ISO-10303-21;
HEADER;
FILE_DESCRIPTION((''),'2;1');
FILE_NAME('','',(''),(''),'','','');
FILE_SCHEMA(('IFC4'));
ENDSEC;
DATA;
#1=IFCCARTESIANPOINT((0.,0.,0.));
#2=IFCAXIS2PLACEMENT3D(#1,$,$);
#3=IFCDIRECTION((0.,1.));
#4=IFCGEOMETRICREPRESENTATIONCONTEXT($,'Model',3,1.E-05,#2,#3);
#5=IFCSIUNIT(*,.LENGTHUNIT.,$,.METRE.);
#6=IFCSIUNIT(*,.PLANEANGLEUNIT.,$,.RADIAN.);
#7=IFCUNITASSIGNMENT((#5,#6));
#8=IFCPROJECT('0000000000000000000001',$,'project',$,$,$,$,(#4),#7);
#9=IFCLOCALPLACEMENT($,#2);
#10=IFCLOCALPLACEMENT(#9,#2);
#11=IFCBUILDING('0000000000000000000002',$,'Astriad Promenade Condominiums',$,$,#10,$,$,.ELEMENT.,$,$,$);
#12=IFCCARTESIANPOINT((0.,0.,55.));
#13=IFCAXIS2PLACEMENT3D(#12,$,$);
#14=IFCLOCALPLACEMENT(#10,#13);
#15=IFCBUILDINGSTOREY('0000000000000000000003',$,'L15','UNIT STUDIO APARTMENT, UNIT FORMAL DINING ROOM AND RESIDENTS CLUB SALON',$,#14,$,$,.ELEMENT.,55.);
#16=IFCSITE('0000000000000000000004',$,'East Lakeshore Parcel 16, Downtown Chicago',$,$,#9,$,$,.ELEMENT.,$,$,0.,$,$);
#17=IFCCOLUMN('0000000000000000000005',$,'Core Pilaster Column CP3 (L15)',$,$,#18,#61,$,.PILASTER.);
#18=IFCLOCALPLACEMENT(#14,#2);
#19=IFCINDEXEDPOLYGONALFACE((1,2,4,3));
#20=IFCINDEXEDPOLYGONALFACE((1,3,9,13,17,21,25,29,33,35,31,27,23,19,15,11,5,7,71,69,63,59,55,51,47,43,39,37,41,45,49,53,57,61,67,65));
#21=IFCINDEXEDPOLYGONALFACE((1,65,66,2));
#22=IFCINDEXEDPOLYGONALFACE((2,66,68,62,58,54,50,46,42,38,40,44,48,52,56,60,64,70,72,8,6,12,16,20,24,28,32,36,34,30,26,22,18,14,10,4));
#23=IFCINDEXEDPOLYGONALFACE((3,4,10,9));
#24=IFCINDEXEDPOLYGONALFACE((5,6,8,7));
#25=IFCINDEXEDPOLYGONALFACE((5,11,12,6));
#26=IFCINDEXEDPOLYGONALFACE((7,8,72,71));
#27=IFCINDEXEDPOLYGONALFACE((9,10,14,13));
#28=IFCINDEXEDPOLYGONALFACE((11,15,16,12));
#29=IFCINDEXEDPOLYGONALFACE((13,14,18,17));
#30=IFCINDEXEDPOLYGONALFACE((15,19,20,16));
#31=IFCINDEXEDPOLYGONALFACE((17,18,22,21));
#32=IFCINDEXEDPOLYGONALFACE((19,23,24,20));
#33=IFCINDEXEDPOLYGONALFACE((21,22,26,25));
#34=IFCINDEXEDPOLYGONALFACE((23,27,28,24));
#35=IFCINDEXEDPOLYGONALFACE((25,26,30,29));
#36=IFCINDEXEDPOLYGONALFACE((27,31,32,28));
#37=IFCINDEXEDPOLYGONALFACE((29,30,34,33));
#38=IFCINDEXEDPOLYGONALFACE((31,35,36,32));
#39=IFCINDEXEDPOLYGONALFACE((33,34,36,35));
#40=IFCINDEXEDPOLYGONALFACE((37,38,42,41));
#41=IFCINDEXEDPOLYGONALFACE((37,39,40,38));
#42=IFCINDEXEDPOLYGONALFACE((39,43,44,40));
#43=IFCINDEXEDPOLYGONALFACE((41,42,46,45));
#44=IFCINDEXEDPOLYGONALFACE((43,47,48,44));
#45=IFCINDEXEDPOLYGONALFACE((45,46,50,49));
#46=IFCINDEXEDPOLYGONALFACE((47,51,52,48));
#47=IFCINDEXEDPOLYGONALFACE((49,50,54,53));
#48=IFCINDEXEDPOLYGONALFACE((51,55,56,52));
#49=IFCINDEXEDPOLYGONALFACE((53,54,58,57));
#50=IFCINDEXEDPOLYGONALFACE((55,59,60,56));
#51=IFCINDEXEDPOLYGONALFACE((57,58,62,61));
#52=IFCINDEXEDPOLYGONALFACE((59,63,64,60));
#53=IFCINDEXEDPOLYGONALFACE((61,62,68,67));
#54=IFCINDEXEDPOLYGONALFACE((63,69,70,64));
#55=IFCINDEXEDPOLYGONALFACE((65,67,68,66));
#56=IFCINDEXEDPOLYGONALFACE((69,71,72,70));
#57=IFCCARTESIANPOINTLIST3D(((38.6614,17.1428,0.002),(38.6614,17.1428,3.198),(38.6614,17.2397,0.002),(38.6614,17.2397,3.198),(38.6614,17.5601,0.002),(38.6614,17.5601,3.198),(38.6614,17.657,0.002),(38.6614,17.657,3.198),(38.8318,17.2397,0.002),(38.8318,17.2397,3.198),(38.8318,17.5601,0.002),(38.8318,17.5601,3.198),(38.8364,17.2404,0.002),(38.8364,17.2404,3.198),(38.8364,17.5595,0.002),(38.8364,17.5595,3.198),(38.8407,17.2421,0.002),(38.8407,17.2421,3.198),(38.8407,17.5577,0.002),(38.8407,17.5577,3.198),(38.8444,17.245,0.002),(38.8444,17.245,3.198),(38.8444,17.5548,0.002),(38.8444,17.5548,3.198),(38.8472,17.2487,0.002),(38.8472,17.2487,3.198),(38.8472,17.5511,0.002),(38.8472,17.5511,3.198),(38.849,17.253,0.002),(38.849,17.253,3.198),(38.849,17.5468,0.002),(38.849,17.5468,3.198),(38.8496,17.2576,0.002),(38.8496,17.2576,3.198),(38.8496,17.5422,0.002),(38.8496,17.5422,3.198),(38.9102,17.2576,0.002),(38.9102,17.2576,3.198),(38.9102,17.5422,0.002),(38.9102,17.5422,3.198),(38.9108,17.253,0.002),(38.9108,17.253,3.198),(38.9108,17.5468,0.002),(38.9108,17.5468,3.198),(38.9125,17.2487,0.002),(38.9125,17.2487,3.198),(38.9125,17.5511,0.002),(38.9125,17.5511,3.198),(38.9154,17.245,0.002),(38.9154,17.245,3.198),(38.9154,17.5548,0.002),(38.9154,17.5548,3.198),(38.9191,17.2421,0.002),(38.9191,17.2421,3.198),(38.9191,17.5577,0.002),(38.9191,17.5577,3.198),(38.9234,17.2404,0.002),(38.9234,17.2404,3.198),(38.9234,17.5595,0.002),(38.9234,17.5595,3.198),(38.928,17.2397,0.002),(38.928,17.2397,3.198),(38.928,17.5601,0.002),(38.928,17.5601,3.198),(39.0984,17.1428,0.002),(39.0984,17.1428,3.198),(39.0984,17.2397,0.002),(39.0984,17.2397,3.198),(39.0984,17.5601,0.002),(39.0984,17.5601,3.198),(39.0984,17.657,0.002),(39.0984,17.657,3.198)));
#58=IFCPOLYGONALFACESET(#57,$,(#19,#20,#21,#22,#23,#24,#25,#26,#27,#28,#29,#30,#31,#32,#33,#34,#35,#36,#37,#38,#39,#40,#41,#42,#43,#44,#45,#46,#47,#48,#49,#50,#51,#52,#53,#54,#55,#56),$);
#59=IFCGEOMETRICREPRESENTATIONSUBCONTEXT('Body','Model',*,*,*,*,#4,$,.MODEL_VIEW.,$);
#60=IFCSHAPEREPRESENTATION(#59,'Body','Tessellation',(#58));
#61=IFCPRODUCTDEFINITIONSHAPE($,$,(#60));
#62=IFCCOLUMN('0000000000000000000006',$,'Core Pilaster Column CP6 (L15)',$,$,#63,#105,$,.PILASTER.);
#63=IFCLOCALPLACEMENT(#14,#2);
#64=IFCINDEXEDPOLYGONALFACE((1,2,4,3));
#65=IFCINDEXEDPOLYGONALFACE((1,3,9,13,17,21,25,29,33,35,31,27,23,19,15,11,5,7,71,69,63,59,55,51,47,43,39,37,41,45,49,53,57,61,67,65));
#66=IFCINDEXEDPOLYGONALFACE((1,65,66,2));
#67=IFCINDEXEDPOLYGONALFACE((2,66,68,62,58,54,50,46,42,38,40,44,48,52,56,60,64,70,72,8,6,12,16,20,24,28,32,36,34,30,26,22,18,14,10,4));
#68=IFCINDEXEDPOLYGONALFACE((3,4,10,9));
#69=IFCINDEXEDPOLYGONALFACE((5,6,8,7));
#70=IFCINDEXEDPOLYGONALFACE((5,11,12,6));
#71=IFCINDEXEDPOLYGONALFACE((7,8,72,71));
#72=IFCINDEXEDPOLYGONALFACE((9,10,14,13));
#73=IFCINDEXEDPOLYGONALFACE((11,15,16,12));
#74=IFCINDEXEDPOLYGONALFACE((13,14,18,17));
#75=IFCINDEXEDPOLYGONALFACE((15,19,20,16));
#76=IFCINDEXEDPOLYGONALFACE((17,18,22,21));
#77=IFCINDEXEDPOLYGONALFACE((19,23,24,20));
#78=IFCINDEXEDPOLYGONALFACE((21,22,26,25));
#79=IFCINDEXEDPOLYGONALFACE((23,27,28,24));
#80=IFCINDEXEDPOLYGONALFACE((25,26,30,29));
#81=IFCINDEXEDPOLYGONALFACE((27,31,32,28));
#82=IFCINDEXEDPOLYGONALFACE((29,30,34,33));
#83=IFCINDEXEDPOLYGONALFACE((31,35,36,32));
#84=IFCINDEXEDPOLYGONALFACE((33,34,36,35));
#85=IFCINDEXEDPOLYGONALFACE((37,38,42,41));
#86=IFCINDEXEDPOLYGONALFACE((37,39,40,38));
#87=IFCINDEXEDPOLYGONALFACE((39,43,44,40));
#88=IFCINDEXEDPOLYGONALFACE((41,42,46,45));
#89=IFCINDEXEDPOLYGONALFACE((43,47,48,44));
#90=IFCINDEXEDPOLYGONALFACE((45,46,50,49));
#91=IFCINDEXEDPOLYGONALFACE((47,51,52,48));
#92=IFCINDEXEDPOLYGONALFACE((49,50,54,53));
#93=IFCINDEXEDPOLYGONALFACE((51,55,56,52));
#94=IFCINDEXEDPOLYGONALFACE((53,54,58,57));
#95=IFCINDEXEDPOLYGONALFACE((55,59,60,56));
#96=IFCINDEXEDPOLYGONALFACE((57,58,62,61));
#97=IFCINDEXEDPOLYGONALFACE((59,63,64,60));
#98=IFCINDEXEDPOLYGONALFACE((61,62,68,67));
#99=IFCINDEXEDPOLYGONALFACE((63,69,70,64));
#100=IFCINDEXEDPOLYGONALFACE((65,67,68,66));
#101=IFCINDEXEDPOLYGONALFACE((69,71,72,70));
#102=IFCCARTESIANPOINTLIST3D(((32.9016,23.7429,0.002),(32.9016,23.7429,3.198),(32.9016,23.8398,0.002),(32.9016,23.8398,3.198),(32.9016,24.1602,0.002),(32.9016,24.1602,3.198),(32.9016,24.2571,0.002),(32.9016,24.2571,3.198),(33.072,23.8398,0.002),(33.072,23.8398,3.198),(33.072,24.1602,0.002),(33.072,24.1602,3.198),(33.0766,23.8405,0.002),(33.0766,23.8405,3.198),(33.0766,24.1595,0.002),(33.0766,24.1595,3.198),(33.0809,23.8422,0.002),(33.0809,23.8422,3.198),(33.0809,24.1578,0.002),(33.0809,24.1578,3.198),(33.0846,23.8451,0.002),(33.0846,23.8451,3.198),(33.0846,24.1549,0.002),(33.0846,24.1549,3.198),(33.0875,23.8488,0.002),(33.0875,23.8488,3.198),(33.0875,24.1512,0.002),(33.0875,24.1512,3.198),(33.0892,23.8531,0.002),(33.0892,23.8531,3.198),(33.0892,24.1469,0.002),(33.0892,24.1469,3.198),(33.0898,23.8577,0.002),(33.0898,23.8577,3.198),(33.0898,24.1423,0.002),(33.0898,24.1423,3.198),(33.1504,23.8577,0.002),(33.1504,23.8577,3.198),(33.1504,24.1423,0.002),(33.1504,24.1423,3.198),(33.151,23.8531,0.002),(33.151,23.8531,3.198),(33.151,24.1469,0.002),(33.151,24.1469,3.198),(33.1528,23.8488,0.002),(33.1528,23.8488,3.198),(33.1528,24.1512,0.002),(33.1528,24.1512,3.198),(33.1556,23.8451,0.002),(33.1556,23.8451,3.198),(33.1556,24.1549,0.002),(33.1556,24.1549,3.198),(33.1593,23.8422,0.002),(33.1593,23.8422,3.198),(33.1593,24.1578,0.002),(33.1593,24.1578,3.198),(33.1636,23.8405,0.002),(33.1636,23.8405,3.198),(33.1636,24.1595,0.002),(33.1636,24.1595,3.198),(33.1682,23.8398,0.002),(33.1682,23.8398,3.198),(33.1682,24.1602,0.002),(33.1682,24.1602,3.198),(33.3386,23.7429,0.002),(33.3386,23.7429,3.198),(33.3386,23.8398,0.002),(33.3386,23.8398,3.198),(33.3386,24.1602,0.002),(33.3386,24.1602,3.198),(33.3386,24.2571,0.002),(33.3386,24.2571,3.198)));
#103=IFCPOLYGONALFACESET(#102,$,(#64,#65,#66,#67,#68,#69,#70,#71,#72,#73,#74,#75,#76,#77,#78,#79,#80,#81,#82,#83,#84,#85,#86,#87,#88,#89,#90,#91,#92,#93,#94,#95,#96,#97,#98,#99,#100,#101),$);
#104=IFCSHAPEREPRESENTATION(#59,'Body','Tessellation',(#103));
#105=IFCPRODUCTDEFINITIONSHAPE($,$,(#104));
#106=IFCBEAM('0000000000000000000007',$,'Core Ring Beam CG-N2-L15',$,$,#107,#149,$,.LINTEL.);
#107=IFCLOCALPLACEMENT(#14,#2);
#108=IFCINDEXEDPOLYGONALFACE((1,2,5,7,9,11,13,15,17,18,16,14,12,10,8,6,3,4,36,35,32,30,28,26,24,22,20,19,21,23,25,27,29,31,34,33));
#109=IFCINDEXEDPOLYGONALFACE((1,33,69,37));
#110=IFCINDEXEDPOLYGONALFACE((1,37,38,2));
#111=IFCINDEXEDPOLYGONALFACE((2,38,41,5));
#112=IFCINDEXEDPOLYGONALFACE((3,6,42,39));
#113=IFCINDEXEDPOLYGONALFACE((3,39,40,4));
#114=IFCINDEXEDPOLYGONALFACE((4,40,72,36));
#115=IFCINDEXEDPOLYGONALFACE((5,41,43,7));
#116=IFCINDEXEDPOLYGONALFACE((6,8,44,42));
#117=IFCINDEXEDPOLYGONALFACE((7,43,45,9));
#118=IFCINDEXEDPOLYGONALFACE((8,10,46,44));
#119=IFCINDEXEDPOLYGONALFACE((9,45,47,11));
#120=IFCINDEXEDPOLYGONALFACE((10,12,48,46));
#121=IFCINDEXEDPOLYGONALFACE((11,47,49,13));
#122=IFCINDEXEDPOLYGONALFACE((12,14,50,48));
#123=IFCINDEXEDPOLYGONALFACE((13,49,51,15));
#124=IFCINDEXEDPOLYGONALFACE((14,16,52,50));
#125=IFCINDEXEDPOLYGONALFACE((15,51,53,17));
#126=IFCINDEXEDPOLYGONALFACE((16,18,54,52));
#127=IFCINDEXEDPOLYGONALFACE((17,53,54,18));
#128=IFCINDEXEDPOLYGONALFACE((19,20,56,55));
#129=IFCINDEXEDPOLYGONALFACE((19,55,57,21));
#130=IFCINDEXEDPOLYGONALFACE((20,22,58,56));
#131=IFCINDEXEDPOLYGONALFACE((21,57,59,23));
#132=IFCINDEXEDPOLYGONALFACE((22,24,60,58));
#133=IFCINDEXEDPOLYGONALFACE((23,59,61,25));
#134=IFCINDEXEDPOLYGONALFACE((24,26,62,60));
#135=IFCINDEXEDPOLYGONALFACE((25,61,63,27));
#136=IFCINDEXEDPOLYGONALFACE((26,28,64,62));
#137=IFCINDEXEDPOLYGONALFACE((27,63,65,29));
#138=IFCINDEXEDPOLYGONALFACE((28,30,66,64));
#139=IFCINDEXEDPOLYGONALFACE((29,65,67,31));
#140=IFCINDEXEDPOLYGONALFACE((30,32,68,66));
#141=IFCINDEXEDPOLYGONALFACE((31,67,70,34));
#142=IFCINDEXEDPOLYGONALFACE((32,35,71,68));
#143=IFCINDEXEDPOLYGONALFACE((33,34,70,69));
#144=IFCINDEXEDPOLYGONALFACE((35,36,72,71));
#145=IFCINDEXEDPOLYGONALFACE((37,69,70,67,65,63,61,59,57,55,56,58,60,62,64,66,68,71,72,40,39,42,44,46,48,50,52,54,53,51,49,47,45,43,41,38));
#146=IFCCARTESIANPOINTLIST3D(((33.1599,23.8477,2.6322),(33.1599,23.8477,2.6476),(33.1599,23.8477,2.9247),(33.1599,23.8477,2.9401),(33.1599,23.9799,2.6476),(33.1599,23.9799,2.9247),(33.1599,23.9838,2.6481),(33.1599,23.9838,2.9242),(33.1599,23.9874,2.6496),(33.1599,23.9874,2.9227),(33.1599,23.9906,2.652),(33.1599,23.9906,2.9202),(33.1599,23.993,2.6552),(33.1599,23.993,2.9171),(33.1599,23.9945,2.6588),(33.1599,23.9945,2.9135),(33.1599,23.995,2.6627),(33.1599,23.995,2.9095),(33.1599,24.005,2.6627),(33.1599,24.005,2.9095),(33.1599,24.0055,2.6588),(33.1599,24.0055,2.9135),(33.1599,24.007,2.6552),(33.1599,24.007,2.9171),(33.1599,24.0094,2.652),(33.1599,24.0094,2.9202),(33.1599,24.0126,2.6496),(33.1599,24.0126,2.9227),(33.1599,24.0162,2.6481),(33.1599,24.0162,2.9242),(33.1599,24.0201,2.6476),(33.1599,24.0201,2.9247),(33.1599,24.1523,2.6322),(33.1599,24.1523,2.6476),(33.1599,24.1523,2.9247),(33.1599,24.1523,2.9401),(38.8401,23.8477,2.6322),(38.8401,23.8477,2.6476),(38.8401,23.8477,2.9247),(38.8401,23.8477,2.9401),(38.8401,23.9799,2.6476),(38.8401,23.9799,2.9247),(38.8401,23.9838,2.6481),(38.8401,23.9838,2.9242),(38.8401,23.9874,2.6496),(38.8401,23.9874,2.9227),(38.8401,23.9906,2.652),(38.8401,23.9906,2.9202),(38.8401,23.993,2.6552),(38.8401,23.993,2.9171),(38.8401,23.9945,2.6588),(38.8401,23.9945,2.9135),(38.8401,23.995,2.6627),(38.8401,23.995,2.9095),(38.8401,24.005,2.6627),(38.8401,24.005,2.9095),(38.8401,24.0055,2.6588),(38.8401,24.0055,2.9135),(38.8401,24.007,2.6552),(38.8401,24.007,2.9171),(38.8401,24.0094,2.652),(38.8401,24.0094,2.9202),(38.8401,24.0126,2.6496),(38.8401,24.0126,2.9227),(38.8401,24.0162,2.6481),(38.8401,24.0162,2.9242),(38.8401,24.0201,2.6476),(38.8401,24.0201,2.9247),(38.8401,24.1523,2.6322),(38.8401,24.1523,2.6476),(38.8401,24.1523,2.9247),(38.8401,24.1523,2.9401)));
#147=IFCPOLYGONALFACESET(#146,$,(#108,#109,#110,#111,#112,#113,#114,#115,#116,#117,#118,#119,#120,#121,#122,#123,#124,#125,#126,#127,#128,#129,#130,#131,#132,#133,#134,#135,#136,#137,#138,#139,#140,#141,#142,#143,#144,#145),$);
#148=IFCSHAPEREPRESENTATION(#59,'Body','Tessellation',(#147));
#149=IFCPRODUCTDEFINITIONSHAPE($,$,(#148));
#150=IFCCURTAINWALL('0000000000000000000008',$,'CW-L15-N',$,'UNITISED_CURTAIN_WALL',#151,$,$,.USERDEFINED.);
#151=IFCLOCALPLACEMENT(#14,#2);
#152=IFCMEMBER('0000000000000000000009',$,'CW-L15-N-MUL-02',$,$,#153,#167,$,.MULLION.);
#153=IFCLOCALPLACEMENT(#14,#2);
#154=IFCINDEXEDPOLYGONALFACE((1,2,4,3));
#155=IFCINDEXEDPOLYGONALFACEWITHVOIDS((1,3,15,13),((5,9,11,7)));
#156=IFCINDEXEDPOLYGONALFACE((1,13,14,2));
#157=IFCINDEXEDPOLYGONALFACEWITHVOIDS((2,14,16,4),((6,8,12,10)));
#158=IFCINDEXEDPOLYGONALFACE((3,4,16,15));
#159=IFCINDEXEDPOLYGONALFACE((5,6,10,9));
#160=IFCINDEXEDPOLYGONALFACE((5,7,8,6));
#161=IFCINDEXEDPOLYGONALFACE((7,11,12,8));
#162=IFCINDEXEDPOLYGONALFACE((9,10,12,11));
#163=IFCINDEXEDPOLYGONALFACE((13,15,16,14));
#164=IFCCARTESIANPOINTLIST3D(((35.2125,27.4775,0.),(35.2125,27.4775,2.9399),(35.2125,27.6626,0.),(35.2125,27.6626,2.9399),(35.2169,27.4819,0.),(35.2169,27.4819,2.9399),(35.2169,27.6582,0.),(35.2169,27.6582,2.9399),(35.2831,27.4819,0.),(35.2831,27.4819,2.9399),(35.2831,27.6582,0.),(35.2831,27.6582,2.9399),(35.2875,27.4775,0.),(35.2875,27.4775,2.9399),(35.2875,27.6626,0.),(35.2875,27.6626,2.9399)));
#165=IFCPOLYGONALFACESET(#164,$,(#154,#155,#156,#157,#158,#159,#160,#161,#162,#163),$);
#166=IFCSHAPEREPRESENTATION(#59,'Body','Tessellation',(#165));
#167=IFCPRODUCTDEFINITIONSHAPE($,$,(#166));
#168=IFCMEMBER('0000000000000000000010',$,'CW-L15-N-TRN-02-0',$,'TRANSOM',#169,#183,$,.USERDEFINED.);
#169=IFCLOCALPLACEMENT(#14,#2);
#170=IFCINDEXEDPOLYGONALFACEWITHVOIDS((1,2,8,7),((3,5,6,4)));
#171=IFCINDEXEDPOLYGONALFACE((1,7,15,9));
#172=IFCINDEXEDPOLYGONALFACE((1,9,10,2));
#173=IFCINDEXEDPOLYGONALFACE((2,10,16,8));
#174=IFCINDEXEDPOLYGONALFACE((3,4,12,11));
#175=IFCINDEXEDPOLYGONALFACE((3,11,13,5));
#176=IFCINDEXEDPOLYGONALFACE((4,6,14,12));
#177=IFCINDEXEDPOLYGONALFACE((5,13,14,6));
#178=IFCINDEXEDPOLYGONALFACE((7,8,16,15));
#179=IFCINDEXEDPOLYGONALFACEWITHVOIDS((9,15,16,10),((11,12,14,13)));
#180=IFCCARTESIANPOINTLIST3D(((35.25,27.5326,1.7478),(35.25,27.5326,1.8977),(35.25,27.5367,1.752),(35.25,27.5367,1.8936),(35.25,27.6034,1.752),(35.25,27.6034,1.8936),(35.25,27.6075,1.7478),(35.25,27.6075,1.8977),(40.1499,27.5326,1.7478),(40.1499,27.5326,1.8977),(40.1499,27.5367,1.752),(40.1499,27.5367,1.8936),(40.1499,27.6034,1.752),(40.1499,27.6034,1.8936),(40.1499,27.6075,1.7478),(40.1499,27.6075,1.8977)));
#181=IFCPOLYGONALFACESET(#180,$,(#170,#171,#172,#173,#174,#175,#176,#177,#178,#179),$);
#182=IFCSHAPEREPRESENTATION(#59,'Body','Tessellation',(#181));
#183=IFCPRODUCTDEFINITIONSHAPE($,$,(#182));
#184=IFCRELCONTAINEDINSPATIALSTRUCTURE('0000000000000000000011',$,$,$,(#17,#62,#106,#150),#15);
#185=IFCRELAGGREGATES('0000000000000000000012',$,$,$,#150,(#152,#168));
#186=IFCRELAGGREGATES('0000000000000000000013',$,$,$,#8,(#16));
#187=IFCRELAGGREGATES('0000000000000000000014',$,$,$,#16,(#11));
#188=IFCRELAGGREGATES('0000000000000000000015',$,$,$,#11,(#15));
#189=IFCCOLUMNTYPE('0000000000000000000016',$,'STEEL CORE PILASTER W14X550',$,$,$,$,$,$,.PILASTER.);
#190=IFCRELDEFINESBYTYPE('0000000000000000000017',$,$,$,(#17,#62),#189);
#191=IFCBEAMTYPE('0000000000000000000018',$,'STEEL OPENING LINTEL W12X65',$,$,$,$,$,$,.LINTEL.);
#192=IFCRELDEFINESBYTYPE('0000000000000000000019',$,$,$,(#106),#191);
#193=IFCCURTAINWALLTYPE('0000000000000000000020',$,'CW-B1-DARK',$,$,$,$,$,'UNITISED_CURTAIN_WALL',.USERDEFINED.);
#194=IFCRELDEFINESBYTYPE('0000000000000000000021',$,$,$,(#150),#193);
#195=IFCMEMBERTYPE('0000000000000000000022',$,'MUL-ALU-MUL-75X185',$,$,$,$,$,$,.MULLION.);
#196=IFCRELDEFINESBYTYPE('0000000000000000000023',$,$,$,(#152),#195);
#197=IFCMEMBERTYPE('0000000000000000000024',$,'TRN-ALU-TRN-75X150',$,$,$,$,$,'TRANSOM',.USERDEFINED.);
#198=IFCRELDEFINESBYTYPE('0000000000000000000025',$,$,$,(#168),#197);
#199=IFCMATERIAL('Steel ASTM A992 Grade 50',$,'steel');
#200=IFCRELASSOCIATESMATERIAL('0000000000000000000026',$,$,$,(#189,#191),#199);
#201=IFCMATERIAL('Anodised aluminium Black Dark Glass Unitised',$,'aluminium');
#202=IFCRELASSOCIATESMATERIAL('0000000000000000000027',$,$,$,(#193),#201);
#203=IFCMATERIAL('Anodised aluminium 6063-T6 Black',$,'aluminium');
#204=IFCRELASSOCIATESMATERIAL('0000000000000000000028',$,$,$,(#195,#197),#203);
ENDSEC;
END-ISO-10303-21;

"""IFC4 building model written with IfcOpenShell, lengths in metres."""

from ifc_helpers import new_model, si_unit, direction, frame, origin, origin_2d, place, context, subcontext, project, spatial, hollow_rectangle, i_section, extrude, source, transform, mapped, material, material_profile, profile_set, type_object, type_shapes, element, aggregate, save


model = new_model("IFC4")

# Units and contexts
model_context = context("Model", 3, precision=1e-05, world=origin(), true_north=direction((0.0, 1.0)))
body_context = subcontext(model_context, "Body", "Model", "MODEL_VIEW")
ifc_project = project(units=[si_unit("LENGTHUNIT", "METRE"), si_unit("PLANEANGLEUNIT", "RADIAN")], contexts=[model_context])

# Site, building, storey
site_placement = place(None, origin())
site = spatial("IfcSite", under=ifc_project, at=site_placement, Name="East Lakeshore Parcel 16, Downtown Chicago", CompositionType="ELEMENT", RefElevation=0.0)
building_placement = place(site_placement, origin())
building = spatial("IfcBuilding", under=site, at=building_placement, Name="Astriad Promenade Condominiums", CompositionType="ELEMENT")
storey_placement = place(building_placement, frame((0.0, 0.0, 55.0)))
storey = spatial("IfcBuildingStorey", under=building, at=storey_placement, Name="L15", Description="UNIT STUDIO APARTMENT, UNIT FORMAL DINING ROOM AND RESIDENTS CLUB SALON", CompositionType="ELEMENT", Elevation=55.0)

# Columns
ifc_material_1 = material(Name="Steel ASTM A992 Grade 50", Category="steel")
ifc_material_profile_1 = material_profile(ifc_material_1, i_section(OverallWidth=0.437, OverallDepth=0.5142, WebThickness=0.0605, FlangeThickness=0.0969, FilletRadius=0.0178, at=origin_2d()), Name="W14X550")
ifc_profile_set_1 = profile_set([ifc_material_profile_1], Name="Steel ASTM A992 Grade 50")
column_type = type_object("IfcColumnType", Name="STEEL CORE PILASTER W14X550", PredefinedType="PILASTER", material=ifc_profile_set_1)
shared_shape_1 = source(origin(), body_context, "Body", "SweptSolid", [
    extrude(i_section(OverallWidth=0.437, OverallDepth=0.5142, WebThickness=0.0605, FlangeThickness=0.0969, FilletRadius=0.0178, at=origin_2d()), origin(), (0.0, 0.0, 1.0), 3.196),
])
type_shapes(column_type, [shared_shape_1])
for number, where, z_axis, x_axis, name in (
    (1, (38.8799, 17.3999, 0.002), (0.0, 0.0, 1.0), (1.0, 0.0, 0.0), "Core Pilaster Column CP3 (L15)"),
    (2, (33.1201, 24.0, 0.002), (0.0, 0.0, 1.0), (1.0, 0.0, 0.0), "Core Pilaster Column CP6 (L15)"),
):
    element("IfcColumn", number, at=place(storey_placement, frame(where, z_axis=z_axis, x_axis=x_axis)), inside=storey, type_object=column_type, Name=name, PredefinedType="PILASTER", context=body_context, shape_type="MappedRepresentation", body=[
        mapped(shared_shape_1, transform((0.0, 0.0, 0.0), scale=1.0)),
    ])

# Beam
ifc_material_profile_2 = material_profile(ifc_material_1, i_section(OverallWidth=0.3047, OverallDepth=0.3079, WebThickness=0.01, FlangeThickness=0.0154, FilletRadius=0.0151, at=origin_2d()), Name="W12X65")
ifc_profile_set_2 = profile_set([ifc_material_profile_2], Name="Steel ASTM A992 Grade 50")
beam_type = type_object("IfcBeamType", Name="STEEL OPENING LINTEL W12X65", PredefinedType="LINTEL", material=ifc_profile_set_2)
shared_shape_2 = source(origin(), body_context, "Body", "SweptSolid", [
    extrude(i_section(OverallWidth=0.3047, OverallDepth=0.3079, WebThickness=0.01, FlangeThickness=0.0154, FilletRadius=0.0151, at=origin_2d()), origin(), (0.0, 0.0, 1.0), 5.6802),
])
type_shapes(beam_type, [shared_shape_2])
beam_placement = place(storey_placement, frame((33.1599, 24.0, 2.7861), z_axis=(1.0, 0.0, 0.0), x_axis=(0.0, 1.0, 0.0)))
element("IfcBeam", 3, at=beam_placement, inside=storey, type_object=beam_type, Name="Core Ring Beam CG-N2-L15", PredefinedType="LINTEL", context=body_context, shape_type="MappedRepresentation", body=[
    mapped(shared_shape_2, transform((0.0, 0.0, 0.0), scale=1.0)),
])

# Curtain wall, members
ifc_material_2 = material(Name="Anodised aluminium Black Dark Glass Unitised", Category="aluminium")
curtain_wall_type = type_object("IfcCurtainWallType", Name="CW-B1-DARK", ElementType="UNITISED_CURTAIN_WALL", PredefinedType="USERDEFINED", material=ifc_material_2)
curtain_wall_placement = place(storey_placement, origin())
curtain_wall = element("IfcCurtainWall", 4, at=curtain_wall_placement, inside=storey, type_object=curtain_wall_type, Name="CW-L15-N", ObjectType="UNITISED_CURTAIN_WALL", PredefinedType="USERDEFINED")
ifc_material_3 = material(Name="Anodised aluminium 6063-T6 Black", Category="aluminium")
ifc_material_profile_3 = material_profile(ifc_material_3, hollow_rectangle(XDim=0.075, YDim=0.1851, WallThickness=0.0044, at=origin_2d()), Name="ALU-MUL-75X185")
ifc_profile_set_3 = profile_set([ifc_material_profile_3], Name="Anodised aluminium 6063-T6 Black")
member_type_1 = type_object("IfcMemberType", Name="MUL-ALU-MUL-75X185", PredefinedType="MULLION", material=ifc_profile_set_3)
shared_shape_3 = source(origin(), body_context, "Body", "SweptSolid", [
    extrude(hollow_rectangle(XDim=0.075, YDim=0.1851, WallThickness=0.0044, at=origin_2d()), origin(), (0.0, 0.0, 1.0), 2.9399),
])
type_shapes(member_type_1, [shared_shape_3])
member_1_placement = place(storey_placement, frame((35.25, 27.5701, 0.0), z_axis=(0.0, 0.0, 1.0), x_axis=(1.0, 0.0, 0.0)))
member_1 = element("IfcMember", 5, at=member_1_placement, type_object=member_type_1, Name="CW-L15-N-MUL-02", PredefinedType="MULLION", context=body_context, shape_type="MappedRepresentation", body=[
    mapped(shared_shape_3, transform((0.0, 0.0, 0.0), scale=1.0)),
])
ifc_material_profile_4 = material_profile(ifc_material_3, hollow_rectangle(XDim=0.075, YDim=0.1499, WallThickness=0.0042, at=origin_2d()), Name="ALU-TRN-75X150")
ifc_profile_set_4 = profile_set([ifc_material_profile_4], Name="Anodised aluminium 6063-T6 Black")
member_type_2 = type_object("IfcMemberType", Name="TRN-ALU-TRN-75X150", ElementType="TRANSOM", PredefinedType="USERDEFINED", material=ifc_profile_set_4)
shared_shape_4 = source(origin(), body_context, "Body", "SweptSolid", [
    extrude(hollow_rectangle(XDim=0.075, YDim=0.1499, WallThickness=0.0042, at=origin_2d()), origin(), (0.0, 0.0, 1.0), 4.8999),
])
type_shapes(member_type_2, [shared_shape_4])
member_2_placement = place(storey_placement, frame((35.25, 27.5701, 1.8228), z_axis=(1.0, 0.0, 0.0), x_axis=(0.0, 1.0, 0.0)))
member_2 = element("IfcMember", 6, at=member_2_placement, type_object=member_type_2, Name="CW-L15-N-TRN-02-0", ObjectType="TRANSOM", PredefinedType="USERDEFINED", context=body_context, shape_type="MappedRepresentation", body=[
    mapped(shared_shape_4, transform((0.0, 0.0, 0.0), scale=1.0)),
])
aggregate(curtain_wall, [member_1, member_2])

save(model, "model.ifc")
